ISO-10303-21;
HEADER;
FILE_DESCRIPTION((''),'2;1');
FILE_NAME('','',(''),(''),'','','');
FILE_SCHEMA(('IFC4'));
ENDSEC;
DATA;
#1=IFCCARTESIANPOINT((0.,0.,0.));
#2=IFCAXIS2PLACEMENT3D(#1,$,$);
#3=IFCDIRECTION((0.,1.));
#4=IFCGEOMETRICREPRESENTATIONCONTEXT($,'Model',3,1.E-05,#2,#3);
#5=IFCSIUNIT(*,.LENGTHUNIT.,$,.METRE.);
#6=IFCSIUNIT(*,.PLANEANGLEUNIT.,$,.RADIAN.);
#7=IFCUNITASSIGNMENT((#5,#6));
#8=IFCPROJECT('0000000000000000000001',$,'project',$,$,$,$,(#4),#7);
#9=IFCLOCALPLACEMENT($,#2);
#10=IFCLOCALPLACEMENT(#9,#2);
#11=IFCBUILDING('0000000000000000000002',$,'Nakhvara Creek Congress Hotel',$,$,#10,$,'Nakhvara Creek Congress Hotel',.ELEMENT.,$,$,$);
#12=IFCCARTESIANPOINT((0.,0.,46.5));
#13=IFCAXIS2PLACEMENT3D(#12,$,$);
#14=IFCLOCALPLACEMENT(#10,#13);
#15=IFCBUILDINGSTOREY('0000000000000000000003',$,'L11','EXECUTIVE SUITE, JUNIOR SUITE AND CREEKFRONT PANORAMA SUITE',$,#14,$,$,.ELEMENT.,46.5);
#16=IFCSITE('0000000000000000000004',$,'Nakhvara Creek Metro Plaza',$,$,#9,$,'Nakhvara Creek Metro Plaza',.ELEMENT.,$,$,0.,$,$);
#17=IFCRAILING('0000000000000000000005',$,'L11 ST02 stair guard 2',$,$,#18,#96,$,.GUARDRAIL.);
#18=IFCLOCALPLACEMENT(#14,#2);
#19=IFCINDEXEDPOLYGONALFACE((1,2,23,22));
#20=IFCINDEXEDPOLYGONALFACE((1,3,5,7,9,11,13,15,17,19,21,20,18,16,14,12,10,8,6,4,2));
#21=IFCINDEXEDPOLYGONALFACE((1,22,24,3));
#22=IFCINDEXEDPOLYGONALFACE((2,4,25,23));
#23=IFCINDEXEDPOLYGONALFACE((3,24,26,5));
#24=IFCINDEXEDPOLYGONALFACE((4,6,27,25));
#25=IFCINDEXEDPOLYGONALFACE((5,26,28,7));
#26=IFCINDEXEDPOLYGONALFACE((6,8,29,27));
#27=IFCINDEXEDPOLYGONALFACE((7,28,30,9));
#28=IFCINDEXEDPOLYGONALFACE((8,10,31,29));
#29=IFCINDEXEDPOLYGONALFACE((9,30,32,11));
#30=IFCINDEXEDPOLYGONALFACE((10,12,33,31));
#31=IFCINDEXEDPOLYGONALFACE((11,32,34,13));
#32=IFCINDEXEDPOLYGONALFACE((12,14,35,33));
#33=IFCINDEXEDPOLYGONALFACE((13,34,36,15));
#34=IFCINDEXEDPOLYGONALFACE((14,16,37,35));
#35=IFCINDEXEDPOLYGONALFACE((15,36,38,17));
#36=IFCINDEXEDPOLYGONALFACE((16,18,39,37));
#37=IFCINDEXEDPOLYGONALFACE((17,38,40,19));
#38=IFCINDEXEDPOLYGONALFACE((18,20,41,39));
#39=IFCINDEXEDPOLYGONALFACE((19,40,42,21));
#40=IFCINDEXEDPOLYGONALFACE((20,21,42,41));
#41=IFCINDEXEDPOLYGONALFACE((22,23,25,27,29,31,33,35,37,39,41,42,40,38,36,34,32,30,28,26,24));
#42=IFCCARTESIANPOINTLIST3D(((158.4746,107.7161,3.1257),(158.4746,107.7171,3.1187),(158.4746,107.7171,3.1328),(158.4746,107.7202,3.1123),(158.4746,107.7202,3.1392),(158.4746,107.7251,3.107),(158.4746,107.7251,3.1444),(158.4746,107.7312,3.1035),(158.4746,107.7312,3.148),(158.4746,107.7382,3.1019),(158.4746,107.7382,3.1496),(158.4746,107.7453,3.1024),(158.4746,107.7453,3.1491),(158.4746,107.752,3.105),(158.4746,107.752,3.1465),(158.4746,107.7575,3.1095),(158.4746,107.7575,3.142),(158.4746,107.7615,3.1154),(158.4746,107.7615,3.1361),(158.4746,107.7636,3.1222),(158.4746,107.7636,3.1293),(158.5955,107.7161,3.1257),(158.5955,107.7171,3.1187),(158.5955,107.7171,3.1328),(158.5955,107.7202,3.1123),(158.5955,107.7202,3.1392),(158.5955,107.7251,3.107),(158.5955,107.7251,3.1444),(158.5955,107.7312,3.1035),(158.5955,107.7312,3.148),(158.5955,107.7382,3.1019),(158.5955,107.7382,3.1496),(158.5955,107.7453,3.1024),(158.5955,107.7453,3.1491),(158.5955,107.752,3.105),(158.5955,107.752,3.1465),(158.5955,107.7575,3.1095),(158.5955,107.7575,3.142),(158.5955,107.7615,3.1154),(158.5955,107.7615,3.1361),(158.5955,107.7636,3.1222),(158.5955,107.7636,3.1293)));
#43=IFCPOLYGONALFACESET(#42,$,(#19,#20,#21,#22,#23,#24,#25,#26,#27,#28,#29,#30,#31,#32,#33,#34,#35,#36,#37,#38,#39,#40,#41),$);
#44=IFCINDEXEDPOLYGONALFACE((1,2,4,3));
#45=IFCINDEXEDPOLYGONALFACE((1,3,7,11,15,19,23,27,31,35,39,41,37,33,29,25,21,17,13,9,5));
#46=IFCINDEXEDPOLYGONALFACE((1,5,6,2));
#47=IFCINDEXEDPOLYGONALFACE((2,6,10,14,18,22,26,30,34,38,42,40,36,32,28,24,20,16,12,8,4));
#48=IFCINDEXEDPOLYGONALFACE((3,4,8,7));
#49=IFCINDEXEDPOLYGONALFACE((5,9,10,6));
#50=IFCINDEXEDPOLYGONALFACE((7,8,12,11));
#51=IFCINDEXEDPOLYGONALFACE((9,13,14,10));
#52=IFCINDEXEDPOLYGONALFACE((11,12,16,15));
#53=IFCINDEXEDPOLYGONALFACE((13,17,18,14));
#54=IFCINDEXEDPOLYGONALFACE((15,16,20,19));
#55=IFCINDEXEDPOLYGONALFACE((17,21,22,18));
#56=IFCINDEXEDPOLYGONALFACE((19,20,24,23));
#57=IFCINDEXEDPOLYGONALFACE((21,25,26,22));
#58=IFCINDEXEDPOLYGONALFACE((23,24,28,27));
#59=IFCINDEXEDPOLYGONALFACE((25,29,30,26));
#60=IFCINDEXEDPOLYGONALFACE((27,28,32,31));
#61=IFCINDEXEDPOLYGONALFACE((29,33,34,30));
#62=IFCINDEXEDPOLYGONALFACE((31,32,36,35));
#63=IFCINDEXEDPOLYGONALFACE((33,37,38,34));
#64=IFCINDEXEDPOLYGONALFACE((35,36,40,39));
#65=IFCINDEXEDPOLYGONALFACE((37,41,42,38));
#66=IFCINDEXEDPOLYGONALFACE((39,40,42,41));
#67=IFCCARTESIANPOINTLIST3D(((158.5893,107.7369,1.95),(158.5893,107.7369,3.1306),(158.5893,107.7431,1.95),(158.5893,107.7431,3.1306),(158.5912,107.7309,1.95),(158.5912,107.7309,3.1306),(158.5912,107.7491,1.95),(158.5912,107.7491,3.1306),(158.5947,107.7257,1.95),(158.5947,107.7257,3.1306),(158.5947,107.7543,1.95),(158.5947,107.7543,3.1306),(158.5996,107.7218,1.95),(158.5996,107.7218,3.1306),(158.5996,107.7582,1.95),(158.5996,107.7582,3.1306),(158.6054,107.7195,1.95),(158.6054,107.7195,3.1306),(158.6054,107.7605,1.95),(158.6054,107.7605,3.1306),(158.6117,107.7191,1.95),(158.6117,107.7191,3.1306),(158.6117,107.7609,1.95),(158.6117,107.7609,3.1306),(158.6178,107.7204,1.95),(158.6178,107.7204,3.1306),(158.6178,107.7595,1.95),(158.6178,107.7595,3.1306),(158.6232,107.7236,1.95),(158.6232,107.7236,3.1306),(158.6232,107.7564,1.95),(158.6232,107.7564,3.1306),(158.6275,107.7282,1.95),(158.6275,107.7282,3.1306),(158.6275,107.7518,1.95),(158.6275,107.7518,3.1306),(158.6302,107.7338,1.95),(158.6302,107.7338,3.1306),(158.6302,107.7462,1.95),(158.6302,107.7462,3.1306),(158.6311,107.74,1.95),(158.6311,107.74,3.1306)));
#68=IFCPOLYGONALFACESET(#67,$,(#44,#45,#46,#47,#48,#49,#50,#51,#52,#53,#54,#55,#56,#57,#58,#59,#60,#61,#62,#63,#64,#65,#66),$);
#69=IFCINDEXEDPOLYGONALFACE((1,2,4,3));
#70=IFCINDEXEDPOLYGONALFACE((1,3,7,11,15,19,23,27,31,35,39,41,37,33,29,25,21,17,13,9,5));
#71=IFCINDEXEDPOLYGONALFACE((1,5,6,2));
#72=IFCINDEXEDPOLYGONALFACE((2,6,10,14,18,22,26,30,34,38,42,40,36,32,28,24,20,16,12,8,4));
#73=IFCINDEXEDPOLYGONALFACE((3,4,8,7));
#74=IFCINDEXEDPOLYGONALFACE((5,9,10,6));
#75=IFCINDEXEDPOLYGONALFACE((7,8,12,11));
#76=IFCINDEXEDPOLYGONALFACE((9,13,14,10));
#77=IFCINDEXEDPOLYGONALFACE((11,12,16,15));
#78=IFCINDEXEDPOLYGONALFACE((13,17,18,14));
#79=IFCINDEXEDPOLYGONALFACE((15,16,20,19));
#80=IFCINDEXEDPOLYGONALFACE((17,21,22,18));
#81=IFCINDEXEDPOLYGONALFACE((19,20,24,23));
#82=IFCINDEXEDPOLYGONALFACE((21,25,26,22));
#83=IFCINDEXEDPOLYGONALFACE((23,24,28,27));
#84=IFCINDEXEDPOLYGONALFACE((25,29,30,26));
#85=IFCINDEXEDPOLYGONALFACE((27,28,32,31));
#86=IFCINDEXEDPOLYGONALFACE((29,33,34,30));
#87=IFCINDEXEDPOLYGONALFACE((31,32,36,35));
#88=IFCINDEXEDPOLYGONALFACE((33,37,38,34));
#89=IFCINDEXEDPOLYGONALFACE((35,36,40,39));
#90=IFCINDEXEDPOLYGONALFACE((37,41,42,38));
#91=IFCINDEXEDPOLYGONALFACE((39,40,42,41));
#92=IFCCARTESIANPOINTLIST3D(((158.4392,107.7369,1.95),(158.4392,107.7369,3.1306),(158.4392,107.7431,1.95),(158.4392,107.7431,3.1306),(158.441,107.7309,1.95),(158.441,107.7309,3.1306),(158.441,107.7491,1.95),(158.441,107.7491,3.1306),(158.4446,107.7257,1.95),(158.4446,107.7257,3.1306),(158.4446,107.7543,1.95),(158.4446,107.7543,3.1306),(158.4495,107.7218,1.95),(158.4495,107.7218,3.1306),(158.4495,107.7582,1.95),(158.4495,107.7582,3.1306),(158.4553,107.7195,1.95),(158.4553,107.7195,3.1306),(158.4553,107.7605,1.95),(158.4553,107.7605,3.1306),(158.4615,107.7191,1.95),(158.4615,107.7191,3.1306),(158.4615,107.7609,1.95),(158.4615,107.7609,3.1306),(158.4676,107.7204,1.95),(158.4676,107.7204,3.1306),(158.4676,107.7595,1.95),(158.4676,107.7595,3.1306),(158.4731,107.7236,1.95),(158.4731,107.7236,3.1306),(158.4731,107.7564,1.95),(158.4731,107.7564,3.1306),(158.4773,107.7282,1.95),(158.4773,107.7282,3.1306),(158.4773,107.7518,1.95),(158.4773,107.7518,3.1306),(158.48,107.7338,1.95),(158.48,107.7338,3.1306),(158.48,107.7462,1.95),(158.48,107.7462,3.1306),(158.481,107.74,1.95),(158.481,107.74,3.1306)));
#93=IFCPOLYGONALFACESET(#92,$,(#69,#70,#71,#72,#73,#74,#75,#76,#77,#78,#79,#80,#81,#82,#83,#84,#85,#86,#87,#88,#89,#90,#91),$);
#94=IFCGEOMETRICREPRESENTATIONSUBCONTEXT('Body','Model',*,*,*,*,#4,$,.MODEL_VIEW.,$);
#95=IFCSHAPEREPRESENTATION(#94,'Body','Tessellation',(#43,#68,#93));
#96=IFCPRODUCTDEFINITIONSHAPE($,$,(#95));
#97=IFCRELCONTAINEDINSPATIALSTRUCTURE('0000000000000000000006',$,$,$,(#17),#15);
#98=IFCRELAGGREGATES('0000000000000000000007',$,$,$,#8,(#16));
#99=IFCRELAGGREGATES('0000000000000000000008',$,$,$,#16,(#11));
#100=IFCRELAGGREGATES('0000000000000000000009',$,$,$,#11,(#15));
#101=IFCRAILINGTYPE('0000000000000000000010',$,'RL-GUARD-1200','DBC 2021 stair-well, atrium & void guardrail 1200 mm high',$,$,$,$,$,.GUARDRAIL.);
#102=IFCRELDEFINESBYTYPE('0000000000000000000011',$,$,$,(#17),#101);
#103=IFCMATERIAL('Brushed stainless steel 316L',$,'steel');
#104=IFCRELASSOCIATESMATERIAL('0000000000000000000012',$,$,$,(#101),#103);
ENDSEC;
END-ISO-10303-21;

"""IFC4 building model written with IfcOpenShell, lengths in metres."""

from ifc_helpers import new_model, si_unit, direction, frame, origin, origin_2d, place, context, subcontext, project, spatial, circle, extrude, material, type_object, element, save


model = new_model("IFC4")

# Units and contexts
model_context = context("Model", 3, precision=1e-05, world=origin(), true_north=direction((0.0, 1.0)))
body_context = subcontext(model_context, "Body", "Model", "MODEL_VIEW")
ifc_project = project(units=[si_unit("LENGTHUNIT", "METRE"), si_unit("PLANEANGLEUNIT", "RADIAN")], contexts=[model_context])

# Site, building, storey
site_placement = place(None, origin())
site = spatial("IfcSite", under=ifc_project, at=site_placement, Name="Nakhvara Creek Metro Plaza", LongName="Nakhvara Creek Metro Plaza", CompositionType="ELEMENT", RefElevation=0.0)
building_placement = place(site_placement, origin())
building = spatial("IfcBuilding", under=site, at=building_placement, Name="Nakhvara Creek Congress Hotel", LongName="Nakhvara Creek Congress Hotel", CompositionType="ELEMENT")
storey_placement = place(building_placement, frame((0.0, 0.0, 46.5)))
storey = spatial("IfcBuildingStorey", under=building, at=storey_placement, Name="L11", Description="EXECUTIVE SUITE, JUNIOR SUITE AND CREEKFRONT PANORAMA SUITE", CompositionType="ELEMENT", Elevation=46.5)

# Railing
ifc_material_1 = material(Name="Brushed stainless steel 316L", Category="steel")
railing_type_1 = type_object("IfcRailingType", Name="RL-GUARD-1200", Description="DBC 2021 stair-well, atrium & void guardrail 1200 mm high", PredefinedType="GUARDRAIL", material=ifc_material_1)
railing_1_placement = place(storey_placement, frame((158.6101, 107.74, 1.95)))
element("IfcRailing", 1, at=railing_1_placement, inside=storey, type_object=railing_type_1, Name="L11 ST02 stair guard 2", PredefinedType="GUARDRAIL", context=body_context, shape_type="SweptSolid", body=[
    extrude(circle(Radius=0.0239, at=origin_2d()), frame((-0.0146, 0.0, 1.1758), z_axis=(-1.0, 0.0, 0.0), x_axis=(0.0, -1.0, 0.0)), (0.0, 0.0, 1.0), 0.1208),
    extrude(circle(Radius=0.021, at=origin_2d()), origin(), (0.0, 0.0, 1.0), 1.1807),
    extrude(circle(Radius=0.021, at=origin_2d()), frame((-0.1501, 0.0, 0.0)), (0.0, 0.0, 1.0), 1.1807),
])

save(model, "model.ifc")
